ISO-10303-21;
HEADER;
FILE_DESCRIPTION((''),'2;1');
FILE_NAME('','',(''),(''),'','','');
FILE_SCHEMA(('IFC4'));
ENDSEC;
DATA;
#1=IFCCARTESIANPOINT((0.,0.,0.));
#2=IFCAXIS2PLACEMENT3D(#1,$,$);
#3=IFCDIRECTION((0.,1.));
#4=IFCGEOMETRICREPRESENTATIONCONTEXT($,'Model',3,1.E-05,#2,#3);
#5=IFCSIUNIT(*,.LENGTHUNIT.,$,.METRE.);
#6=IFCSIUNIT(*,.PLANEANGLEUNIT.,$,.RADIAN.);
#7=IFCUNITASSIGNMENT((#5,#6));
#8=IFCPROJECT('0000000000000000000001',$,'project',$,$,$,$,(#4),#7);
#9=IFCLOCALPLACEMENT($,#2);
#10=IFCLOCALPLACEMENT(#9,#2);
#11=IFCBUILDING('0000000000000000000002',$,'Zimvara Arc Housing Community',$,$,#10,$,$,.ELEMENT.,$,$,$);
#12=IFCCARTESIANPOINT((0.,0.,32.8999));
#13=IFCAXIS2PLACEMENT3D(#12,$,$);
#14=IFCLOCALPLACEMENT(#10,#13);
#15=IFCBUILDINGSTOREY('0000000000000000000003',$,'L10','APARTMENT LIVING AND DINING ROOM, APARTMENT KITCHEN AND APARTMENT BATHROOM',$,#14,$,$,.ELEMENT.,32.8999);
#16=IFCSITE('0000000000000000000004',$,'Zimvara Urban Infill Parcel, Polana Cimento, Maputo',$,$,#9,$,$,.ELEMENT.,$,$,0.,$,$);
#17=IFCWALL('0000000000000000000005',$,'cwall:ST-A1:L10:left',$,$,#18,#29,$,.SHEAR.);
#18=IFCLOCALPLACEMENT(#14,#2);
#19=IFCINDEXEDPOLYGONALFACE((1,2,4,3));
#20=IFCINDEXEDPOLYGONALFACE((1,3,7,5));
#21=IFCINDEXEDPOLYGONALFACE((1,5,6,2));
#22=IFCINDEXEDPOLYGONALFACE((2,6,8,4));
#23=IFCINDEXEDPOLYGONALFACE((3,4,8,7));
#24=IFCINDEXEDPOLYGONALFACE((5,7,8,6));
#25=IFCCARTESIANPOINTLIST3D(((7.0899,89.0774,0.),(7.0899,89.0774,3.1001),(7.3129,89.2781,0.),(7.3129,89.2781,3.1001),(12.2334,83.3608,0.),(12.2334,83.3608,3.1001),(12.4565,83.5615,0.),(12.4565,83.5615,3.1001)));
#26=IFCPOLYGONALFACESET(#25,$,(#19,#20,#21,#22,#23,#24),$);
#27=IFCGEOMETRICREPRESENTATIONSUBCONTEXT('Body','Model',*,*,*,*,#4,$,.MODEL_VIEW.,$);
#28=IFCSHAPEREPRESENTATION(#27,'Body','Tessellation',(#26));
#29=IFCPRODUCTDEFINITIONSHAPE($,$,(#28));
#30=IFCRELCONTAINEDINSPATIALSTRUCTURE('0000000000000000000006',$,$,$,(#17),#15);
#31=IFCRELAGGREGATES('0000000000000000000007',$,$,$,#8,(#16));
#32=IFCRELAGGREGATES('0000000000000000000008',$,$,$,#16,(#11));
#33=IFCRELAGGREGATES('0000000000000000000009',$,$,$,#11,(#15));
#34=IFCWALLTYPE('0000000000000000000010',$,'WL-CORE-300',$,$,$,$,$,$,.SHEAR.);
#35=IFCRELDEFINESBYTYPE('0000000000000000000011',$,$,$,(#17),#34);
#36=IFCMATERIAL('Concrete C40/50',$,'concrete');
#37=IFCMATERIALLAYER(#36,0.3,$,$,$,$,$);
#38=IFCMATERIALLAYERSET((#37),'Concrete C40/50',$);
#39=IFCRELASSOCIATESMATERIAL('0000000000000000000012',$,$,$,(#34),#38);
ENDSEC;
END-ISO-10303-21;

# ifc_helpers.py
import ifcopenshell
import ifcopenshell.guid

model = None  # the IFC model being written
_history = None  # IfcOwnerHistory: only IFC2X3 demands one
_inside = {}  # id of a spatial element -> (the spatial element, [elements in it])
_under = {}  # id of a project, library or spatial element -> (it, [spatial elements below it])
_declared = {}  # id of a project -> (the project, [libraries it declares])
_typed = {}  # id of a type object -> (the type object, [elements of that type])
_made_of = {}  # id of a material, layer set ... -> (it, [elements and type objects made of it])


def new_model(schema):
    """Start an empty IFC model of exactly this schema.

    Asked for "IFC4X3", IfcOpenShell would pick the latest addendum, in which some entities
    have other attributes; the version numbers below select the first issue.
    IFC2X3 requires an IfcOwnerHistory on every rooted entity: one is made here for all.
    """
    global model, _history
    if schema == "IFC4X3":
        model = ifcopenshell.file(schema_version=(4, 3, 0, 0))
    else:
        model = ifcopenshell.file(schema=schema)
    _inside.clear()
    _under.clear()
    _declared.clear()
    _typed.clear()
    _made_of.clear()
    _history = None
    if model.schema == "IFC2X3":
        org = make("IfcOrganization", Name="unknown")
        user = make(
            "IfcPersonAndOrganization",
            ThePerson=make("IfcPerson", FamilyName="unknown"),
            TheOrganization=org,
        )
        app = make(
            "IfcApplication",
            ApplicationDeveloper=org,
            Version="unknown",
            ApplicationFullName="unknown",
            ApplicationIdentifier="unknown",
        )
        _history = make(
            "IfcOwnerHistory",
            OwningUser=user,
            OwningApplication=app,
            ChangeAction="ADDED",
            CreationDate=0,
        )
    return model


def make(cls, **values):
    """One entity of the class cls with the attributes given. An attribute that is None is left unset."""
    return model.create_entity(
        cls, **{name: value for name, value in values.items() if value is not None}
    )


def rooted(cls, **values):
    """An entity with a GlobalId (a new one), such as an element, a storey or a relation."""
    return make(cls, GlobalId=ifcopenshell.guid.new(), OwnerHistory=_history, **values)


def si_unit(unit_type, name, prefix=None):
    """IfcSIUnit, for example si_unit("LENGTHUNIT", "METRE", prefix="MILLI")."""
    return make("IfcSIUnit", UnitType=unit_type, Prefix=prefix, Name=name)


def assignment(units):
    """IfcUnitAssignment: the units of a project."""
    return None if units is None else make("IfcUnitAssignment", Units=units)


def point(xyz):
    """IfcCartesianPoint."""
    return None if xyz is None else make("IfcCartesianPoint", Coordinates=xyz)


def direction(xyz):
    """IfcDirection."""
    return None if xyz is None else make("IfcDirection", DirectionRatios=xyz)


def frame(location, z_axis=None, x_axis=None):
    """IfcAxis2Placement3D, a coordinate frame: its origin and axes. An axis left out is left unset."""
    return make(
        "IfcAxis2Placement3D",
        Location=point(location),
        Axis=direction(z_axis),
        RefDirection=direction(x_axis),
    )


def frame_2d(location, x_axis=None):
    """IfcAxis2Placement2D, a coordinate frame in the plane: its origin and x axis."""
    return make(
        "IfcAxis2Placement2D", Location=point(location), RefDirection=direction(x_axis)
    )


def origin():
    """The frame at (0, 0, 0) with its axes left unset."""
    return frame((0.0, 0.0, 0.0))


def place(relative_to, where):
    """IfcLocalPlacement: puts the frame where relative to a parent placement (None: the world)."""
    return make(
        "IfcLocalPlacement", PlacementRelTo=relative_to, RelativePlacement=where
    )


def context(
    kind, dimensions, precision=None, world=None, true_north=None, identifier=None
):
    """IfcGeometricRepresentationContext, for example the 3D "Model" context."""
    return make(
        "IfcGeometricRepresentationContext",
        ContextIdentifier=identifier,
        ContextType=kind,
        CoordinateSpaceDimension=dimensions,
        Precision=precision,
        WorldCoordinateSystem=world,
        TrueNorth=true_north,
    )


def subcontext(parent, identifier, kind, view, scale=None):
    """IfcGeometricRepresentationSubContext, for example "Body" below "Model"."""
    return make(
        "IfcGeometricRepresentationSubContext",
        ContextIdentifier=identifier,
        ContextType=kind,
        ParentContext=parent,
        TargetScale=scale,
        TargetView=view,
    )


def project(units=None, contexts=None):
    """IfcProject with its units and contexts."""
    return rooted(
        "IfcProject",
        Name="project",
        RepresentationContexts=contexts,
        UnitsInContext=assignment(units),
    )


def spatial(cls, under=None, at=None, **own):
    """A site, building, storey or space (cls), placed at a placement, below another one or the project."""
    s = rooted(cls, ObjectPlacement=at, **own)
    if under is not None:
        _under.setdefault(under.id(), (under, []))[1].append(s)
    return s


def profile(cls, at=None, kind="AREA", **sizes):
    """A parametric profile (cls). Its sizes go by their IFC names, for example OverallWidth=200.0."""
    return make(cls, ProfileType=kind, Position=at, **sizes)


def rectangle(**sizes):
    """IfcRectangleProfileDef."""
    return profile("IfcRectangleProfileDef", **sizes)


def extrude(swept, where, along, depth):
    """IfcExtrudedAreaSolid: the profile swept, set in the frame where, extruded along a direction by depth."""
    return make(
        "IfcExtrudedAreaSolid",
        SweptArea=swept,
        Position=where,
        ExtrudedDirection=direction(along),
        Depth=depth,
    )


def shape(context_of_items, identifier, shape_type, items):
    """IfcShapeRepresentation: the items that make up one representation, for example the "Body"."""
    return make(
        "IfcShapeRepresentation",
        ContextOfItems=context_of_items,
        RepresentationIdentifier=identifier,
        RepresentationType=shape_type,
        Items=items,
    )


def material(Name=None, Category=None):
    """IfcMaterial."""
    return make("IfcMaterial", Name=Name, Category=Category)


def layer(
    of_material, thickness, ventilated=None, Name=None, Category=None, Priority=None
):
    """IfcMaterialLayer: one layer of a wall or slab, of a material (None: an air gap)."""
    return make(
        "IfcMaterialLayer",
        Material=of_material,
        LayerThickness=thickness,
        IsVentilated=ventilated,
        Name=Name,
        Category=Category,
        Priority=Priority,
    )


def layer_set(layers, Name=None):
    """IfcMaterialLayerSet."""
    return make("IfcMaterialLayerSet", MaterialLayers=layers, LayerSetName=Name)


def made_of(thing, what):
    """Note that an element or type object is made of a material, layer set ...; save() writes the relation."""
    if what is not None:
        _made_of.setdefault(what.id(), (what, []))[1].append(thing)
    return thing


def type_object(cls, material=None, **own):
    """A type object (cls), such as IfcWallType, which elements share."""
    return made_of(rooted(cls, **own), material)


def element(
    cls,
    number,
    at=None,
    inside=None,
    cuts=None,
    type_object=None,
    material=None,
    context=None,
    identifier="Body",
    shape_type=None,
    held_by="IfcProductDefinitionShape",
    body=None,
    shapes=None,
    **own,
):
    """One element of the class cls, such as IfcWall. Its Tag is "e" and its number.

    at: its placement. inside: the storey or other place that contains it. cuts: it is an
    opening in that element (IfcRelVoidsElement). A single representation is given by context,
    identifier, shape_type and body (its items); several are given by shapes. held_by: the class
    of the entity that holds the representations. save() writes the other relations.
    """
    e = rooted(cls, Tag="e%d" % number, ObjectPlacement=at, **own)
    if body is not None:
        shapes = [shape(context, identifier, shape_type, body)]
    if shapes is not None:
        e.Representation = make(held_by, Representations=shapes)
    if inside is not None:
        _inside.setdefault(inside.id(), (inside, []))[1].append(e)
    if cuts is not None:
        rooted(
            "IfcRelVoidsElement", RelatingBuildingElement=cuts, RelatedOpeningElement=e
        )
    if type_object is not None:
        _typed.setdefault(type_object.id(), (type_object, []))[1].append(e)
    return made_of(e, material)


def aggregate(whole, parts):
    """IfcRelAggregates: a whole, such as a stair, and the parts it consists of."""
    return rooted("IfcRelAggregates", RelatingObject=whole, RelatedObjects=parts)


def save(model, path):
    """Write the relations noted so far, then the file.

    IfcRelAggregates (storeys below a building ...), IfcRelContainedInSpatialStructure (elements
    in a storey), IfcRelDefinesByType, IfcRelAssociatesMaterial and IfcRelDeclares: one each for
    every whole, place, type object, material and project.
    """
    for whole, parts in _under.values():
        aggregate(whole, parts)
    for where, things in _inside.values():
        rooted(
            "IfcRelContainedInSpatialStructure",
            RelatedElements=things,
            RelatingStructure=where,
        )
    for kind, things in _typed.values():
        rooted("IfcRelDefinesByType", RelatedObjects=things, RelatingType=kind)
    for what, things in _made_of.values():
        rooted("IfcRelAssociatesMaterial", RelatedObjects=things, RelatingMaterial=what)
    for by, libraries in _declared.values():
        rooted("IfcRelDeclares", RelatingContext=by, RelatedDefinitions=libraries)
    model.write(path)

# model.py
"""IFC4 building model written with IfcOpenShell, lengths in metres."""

from ifc_helpers import new_model, si_unit, direction, frame, frame_2d, origin, place, context, subcontext, project, spatial, rectangle, extrude, material, layer, layer_set, type_object, element, save


model = new_model("IFC4")

# Units and contexts
model_context = context("Model", 3, precision=1e-05, world=origin(), true_north=direction((0.0, 1.0)))
body_context = subcontext(model_context, "Body", "Model", "MODEL_VIEW")
ifc_project = project(units=[si_unit("LENGTHUNIT", "METRE"), si_unit("PLANEANGLEUNIT", "RADIAN")], contexts=[model_context])

# Site, building, storey
site_placement = place(None, origin())
site = spatial("IfcSite", under=ifc_project, at=site_placement, Name="Zimvara Urban Infill Parcel, Polana Cimento, Maputo", CompositionType="ELEMENT", RefElevation=0.0)
building_placement = place(site_placement, origin())
building = spatial("IfcBuilding", under=site, at=building_placement, Name="Zimvara Arc Housing Community", CompositionType="ELEMENT")
storey_placement = place(building_placement, frame((0.0, 0.0, 32.8999)))
storey = spatial("IfcBuildingStorey", under=building, at=storey_placement, Name="L10", Description="APARTMENT LIVING AND DINING ROOM, APARTMENT KITCHEN AND APARTMENT BATHROOM", CompositionType="ELEMENT", Elevation=32.8999)

# Shared definitions
ifc_material_1 = material(Name="Concrete C40/50", Category="concrete")
ifc_layer_1 = layer(ifc_material_1, 0.3)
ifc_layer_set_1 = layer_set([ifc_layer_1], Name="Concrete C40/50")
wall_type_1 = type_object("IfcWallType", Name="WL-CORE-300", PredefinedType="SHEAR", material=ifc_layer_set_1)

# Wall
wall_1_placement = place(storey_placement, frame((12.345, 83.4612, 0.0), z_axis=(0.0, 0.0, 1.0), x_axis=(-0.668868, 0.743381, 0.0)))
element("IfcWall", 1, at=wall_1_placement, inside=storey, type_object=wall_type_1, Name="cwall:ST-A1:L10:left", PredefinedType="SHEAR", context=body_context, shape_type="SweptSolid", body=[
    extrude(rectangle(XDim=7.6899, YDim=0.3, at=frame_2d((3.845, 0.0))), origin(), (0.0, 0.0, 1.0), 3.1001),
])

save(model, "model.ifc")
